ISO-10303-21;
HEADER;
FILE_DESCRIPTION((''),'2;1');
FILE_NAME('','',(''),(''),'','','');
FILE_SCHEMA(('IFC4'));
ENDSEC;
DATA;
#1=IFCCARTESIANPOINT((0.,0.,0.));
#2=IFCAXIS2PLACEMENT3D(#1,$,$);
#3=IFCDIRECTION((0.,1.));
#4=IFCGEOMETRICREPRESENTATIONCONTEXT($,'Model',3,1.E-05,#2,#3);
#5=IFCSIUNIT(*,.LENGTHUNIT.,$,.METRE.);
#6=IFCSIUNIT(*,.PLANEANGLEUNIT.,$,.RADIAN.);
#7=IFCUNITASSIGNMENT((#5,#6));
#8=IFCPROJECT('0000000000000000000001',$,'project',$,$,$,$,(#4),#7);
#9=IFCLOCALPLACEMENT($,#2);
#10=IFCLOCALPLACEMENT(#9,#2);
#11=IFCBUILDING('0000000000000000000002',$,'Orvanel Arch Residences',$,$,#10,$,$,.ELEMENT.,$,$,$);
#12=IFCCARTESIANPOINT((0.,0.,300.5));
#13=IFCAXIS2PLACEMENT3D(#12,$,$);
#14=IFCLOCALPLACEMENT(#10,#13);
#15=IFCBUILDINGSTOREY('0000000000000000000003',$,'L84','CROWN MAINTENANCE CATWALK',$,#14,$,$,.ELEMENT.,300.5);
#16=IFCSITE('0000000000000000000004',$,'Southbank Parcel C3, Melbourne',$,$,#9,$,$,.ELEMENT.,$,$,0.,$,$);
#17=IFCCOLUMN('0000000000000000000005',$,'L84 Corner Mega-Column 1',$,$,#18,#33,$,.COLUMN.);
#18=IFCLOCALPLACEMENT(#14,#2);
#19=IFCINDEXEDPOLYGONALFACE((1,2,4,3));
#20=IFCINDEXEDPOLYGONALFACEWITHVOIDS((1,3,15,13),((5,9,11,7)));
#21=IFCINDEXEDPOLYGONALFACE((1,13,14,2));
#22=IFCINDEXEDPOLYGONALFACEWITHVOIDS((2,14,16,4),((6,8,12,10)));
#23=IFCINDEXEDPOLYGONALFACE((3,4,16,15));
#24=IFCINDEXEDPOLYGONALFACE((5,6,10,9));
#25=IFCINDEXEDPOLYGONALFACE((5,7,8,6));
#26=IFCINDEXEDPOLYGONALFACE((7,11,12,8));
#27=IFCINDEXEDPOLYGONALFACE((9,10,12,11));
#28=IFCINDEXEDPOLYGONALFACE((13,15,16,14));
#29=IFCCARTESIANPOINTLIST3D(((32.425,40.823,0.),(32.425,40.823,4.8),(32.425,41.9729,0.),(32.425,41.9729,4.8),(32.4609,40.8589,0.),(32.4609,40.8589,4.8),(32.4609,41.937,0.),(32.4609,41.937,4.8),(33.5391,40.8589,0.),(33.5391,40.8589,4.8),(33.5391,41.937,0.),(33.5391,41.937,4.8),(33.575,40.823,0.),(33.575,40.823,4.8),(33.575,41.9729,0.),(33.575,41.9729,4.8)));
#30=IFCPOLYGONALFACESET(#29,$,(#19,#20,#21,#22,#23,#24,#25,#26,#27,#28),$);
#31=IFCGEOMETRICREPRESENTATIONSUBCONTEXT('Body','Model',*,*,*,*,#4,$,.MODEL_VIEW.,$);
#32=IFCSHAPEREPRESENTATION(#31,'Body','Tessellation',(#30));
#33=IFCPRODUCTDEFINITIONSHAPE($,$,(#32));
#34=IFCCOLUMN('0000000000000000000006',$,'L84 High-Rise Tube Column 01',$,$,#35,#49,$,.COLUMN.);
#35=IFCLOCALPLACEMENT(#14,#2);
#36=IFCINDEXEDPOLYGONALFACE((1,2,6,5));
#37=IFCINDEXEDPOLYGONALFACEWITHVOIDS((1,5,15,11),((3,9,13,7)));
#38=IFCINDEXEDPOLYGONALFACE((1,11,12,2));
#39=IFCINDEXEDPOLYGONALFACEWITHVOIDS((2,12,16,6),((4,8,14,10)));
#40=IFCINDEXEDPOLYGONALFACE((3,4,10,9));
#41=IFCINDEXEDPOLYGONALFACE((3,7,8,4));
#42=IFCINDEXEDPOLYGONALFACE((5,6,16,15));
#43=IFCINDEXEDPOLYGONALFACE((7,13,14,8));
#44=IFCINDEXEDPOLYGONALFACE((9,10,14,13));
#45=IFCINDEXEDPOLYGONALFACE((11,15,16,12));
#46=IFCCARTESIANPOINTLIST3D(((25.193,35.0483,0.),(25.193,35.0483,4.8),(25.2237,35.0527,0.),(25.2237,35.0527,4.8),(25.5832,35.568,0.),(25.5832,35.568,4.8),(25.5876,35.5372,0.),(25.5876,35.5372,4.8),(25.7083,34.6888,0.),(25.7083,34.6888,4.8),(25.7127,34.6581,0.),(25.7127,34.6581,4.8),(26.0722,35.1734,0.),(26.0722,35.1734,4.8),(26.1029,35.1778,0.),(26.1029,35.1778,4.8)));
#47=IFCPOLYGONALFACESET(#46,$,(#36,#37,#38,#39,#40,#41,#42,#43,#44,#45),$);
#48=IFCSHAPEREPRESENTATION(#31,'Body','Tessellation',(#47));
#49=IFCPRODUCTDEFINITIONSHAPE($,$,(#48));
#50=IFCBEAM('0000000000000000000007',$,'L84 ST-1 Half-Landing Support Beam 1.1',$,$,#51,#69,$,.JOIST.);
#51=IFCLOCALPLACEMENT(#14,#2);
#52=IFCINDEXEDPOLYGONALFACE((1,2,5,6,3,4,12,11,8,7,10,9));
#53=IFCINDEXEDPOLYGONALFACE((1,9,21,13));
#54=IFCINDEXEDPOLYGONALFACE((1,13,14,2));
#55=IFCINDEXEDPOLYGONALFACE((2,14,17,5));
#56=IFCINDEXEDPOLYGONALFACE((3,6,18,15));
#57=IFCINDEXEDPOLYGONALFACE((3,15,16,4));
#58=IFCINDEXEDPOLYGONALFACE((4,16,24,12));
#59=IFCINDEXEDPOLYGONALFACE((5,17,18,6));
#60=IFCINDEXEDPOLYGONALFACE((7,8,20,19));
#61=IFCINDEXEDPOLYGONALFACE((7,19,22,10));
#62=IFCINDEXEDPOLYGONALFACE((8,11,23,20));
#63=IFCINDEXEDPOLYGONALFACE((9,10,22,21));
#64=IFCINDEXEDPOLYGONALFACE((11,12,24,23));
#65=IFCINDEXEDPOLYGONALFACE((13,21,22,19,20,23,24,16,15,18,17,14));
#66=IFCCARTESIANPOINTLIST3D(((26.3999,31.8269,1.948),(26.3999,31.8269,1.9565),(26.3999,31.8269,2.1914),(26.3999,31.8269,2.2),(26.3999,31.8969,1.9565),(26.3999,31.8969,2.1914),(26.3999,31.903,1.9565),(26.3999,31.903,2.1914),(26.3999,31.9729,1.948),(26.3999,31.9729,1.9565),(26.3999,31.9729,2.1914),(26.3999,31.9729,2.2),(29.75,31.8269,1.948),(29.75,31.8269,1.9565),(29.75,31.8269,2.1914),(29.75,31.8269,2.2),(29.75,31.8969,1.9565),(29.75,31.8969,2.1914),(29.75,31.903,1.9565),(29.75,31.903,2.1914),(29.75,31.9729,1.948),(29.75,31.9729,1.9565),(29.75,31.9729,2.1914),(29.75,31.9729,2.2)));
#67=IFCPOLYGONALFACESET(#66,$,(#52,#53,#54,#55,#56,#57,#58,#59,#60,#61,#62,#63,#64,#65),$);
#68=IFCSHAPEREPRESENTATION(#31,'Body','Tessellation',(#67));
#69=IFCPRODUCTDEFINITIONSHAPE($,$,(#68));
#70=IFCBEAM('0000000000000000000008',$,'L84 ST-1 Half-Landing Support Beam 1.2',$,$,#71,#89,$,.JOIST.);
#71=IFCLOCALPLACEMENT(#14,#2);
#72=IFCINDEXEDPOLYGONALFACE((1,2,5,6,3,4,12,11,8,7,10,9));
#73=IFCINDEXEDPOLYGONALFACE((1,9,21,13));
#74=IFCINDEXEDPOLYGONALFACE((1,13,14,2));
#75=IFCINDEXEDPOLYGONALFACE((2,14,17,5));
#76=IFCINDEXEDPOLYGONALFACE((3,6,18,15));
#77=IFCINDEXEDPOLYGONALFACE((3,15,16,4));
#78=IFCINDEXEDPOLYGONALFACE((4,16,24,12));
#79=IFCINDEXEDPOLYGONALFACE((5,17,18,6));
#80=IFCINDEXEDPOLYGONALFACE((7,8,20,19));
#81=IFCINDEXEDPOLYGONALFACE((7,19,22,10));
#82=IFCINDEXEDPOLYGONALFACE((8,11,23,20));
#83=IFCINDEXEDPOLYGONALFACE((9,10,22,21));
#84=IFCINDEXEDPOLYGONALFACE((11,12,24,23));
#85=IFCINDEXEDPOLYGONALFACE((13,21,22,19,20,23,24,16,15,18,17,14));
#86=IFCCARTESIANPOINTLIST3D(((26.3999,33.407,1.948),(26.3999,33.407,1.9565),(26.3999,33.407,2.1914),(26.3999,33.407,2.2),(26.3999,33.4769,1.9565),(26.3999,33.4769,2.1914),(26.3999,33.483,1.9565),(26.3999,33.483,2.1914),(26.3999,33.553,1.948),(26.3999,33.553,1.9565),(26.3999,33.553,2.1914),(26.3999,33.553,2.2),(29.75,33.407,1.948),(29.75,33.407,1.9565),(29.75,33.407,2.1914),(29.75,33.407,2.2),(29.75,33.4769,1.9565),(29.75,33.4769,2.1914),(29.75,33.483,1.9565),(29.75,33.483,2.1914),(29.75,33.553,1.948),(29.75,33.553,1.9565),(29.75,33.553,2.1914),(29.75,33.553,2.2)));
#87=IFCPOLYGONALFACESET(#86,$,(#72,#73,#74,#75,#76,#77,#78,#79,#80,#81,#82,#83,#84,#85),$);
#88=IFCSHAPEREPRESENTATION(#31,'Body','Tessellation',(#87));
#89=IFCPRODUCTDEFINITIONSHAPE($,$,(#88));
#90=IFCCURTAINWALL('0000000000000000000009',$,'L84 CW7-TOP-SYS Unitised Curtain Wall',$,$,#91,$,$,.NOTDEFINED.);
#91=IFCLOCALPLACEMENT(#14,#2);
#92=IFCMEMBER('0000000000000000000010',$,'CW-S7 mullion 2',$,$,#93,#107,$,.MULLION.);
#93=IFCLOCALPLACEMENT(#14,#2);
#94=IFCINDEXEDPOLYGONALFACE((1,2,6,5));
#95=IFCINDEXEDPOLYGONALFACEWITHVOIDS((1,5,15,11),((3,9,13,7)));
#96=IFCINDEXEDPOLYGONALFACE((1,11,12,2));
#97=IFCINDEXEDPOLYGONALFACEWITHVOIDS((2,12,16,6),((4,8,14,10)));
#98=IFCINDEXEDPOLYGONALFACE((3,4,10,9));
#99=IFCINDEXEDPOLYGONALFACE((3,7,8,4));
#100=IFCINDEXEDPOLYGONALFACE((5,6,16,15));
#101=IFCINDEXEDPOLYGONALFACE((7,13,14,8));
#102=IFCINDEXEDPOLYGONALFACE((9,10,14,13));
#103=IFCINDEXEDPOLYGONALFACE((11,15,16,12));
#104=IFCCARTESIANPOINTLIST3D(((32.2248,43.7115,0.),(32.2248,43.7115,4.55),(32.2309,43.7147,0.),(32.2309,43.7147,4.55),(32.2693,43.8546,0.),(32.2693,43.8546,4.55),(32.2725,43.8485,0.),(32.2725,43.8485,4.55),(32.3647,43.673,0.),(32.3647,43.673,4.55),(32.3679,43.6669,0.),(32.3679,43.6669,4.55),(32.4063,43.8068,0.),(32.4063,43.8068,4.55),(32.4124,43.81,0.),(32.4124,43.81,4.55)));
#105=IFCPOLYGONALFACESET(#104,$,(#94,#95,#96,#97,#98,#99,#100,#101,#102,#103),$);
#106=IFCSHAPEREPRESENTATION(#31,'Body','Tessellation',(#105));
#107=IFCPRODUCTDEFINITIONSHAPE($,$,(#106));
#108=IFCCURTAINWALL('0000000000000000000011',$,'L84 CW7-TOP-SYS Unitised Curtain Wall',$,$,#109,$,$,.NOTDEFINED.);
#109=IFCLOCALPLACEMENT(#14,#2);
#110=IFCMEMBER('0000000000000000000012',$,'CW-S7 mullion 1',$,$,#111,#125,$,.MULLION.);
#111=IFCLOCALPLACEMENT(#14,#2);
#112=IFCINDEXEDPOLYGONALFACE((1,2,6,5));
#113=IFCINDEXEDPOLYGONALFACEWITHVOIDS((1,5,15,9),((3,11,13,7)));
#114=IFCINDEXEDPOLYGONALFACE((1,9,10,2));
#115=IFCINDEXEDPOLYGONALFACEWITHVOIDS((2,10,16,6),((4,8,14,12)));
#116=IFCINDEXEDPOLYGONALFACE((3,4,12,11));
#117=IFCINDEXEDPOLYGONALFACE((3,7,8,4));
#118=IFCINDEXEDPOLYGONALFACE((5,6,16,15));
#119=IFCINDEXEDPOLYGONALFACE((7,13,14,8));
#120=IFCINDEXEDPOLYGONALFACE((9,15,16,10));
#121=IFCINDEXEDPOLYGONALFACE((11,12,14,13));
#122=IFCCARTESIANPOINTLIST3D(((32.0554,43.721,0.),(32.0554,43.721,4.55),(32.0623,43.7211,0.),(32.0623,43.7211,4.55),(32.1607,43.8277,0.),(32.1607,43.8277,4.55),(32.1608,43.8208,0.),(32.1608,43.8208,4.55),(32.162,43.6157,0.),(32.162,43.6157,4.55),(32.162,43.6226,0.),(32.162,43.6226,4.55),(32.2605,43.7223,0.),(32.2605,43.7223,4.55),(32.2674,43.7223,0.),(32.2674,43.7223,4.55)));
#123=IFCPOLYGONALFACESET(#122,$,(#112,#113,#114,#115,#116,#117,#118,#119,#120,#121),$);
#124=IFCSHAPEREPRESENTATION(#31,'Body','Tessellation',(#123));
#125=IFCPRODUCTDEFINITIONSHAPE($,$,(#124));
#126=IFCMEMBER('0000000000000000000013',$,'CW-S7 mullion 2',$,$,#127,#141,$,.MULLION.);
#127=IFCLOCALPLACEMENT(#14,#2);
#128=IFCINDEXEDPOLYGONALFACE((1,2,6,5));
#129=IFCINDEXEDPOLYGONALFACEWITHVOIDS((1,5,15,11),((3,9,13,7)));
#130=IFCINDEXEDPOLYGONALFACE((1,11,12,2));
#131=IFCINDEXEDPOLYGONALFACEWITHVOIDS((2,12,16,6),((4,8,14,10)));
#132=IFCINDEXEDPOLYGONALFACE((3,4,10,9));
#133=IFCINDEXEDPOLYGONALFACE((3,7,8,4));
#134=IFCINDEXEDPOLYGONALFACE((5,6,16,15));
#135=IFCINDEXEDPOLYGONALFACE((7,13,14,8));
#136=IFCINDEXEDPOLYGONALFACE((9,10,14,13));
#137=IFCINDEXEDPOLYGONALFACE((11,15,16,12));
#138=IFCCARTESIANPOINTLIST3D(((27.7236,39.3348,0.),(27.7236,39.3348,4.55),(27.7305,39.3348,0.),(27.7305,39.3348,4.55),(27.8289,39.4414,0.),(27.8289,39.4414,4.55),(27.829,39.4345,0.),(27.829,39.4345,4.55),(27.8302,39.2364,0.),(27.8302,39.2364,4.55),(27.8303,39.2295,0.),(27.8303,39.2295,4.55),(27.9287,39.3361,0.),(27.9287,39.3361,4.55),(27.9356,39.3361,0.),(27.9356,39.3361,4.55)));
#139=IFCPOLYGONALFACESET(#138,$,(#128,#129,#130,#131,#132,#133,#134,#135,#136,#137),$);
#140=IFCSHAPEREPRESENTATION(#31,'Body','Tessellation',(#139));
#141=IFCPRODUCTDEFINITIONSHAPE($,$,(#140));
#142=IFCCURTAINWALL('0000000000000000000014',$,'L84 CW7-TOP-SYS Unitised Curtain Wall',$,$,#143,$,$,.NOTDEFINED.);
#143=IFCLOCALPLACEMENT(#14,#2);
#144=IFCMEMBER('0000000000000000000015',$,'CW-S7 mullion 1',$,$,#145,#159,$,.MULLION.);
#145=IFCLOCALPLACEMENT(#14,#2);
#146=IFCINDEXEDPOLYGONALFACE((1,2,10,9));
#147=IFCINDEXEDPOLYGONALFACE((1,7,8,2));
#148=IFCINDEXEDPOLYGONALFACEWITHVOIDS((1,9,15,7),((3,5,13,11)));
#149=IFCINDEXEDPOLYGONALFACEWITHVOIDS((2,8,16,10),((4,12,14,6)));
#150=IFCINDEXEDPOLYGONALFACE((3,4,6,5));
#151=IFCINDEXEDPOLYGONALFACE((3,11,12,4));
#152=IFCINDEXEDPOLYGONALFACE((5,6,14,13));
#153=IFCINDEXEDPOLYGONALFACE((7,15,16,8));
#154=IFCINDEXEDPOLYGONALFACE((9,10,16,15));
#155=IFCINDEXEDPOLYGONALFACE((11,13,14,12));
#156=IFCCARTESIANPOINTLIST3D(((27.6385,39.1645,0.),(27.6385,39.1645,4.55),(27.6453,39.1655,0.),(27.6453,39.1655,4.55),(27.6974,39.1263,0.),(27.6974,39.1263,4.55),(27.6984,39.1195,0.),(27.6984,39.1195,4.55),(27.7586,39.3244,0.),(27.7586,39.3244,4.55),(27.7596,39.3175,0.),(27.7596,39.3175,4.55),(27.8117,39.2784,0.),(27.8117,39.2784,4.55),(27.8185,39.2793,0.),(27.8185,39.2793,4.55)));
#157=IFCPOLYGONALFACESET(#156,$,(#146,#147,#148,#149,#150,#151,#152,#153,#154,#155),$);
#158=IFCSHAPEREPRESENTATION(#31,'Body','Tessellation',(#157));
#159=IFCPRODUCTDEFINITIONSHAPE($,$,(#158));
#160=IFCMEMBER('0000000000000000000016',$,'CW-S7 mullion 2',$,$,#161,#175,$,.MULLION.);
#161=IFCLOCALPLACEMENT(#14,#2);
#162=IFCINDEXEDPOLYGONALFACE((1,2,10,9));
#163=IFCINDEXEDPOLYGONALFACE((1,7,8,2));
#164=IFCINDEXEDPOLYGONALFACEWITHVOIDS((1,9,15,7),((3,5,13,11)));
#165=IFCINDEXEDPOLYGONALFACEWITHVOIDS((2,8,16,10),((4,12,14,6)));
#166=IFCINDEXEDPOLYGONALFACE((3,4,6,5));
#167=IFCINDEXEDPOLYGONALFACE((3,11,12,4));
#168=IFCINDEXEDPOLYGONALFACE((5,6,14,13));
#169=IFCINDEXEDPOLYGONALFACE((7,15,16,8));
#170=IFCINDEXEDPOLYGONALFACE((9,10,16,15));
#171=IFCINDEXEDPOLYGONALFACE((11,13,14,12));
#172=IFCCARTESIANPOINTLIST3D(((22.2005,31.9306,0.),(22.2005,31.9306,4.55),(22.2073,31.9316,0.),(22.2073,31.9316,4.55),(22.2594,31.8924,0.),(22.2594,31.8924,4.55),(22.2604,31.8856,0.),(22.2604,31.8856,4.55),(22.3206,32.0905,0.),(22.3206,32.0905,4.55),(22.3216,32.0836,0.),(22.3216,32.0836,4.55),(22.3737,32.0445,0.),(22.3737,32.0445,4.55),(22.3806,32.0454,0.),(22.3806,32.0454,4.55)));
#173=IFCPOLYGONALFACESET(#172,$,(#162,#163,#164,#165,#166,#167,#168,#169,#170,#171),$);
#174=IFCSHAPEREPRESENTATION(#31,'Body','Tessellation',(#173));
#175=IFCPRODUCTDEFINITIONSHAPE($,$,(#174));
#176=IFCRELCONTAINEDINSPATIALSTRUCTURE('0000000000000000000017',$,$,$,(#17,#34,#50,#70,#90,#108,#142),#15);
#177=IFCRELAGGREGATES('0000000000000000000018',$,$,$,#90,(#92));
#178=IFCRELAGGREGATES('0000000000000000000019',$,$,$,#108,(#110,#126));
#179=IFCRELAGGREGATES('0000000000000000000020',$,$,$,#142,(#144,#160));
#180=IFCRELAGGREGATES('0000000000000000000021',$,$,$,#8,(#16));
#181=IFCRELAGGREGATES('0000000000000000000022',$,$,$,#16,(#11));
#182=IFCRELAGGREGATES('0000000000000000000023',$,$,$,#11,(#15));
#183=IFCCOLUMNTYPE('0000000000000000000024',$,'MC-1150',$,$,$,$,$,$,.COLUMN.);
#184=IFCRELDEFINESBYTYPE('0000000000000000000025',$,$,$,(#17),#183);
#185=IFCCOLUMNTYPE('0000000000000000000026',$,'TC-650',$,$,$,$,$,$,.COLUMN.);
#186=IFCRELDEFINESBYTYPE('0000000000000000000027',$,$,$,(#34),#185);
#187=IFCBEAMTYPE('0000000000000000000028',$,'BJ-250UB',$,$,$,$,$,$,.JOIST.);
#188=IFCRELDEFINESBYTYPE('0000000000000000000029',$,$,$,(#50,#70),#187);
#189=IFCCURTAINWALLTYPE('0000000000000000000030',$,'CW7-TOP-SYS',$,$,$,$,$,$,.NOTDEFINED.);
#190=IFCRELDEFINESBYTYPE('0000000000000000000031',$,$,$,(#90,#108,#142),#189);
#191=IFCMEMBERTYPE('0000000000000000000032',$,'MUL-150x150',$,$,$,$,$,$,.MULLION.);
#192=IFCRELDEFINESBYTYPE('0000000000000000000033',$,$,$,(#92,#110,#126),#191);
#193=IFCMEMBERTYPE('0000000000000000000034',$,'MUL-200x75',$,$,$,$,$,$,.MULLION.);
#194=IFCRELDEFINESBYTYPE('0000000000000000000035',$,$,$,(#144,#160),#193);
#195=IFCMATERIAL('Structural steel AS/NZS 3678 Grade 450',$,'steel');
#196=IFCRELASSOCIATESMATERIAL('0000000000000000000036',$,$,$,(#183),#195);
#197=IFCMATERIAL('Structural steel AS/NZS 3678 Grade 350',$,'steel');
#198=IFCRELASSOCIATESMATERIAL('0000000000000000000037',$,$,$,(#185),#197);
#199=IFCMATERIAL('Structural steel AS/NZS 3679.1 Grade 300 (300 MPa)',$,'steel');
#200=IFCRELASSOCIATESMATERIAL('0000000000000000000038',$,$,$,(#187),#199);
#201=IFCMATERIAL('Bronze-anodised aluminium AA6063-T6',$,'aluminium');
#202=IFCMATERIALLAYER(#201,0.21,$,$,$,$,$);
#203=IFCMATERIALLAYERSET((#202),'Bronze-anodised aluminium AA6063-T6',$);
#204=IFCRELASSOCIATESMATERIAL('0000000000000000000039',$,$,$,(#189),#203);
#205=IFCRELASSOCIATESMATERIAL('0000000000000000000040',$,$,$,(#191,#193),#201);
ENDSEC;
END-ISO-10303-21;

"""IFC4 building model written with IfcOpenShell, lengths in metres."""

from ifc_helpers import new_model, si_unit, direction, frame, origin, origin_2d, place, context, subcontext, project, spatial, hollow_rectangle, i_section, extrude, material, layer, layer_set, material_profile, profile_set, type_object, element, aggregate, save


model = new_model("IFC4")

# Units and contexts
model_context = context("Model", 3, precision=1e-05, world=origin(), true_north=direction((0.0, 1.0)))
body_context = subcontext(model_context, "Body", "Model", "MODEL_VIEW")
ifc_project = project(units=[si_unit("LENGTHUNIT", "METRE"), si_unit("PLANEANGLEUNIT", "RADIAN")], contexts=[model_context])

# Site, building, storey
site_placement = place(None, origin())
site = spatial("IfcSite", under=ifc_project, at=site_placement, Name="Southbank Parcel C3, Melbourne", CompositionType="ELEMENT", RefElevation=0.0)
building_placement = place(site_placement, origin())
building = spatial("IfcBuilding", under=site, at=building_placement, Name="Orvanel Arch Residences", CompositionType="ELEMENT")
storey_placement = place(building_placement, frame((0.0, 0.0, 300.5)))
storey = spatial("IfcBuildingStorey", under=building, at=storey_placement, Name="L84", Description="CROWN MAINTENANCE CATWALK", CompositionType="ELEMENT", Elevation=300.5)

# Columns
ifc_material_1 = material(Name="Structural steel AS/NZS 3678 Grade 450", Category="steel")
ifc_material_profile_1 = material_profile(ifc_material_1, hollow_rectangle(XDim=1.1499, YDim=1.1499, WallThickness=0.0359, at=origin_2d()), Name="BOX1150x1150x36")
ifc_profile_set_1 = profile_set([ifc_material_profile_1], Name="Structural steel AS/NZS 3678 Grade 450")
column_type_1 = type_object("IfcColumnType", Name="MC-1150", PredefinedType="COLUMN", material=ifc_profile_set_1)
column_1_placement = place(storey_placement, frame((33.0, 41.3979, 0.0), z_axis=(0.0, 0.0, 1.0), x_axis=(1.0, 0.0, 0.0)))
element("IfcColumn", 1, at=column_1_placement, inside=storey, type_object=column_type_1, Name="L84 Corner Mega-Column 1", PredefinedType="COLUMN", context=body_context, shape_type="SweptSolid", body=[
    extrude(hollow_rectangle(XDim=1.1499, YDim=1.1499, WallThickness=0.0359, at=origin_2d()), origin(), (0.0, 0.0, 1.0), 4.8),
])
ifc_material_2 = material(Name="Structural steel AS/NZS 3678 Grade 350", Category="steel")
ifc_material_profile_2 = material_profile(ifc_material_2, hollow_rectangle(XDim=0.6499, YDim=0.6499, WallThickness=0.022, at=origin_2d()), Name="BOX650x650x22")
ifc_profile_set_2 = profile_set([ifc_material_profile_2], Name="Structural steel AS/NZS 3678 Grade 350")
column_type_2 = type_object("IfcColumnType", Name="TC-650", PredefinedType="COLUMN", material=ifc_profile_set_2)
column_2_placement = place(storey_placement, frame((25.6479, 35.113, 0.0), z_axis=(0.0, 0.0, 1.0), x_axis=(0.60042, 0.799685, 0.0)))
element("IfcColumn", 2, at=column_2_placement, inside=storey, type_object=column_type_2, Name="L84 High-Rise Tube Column 01", PredefinedType="COLUMN", context=body_context, shape_type="SweptSolid", body=[
    extrude(hollow_rectangle(XDim=0.6499, YDim=0.6499, WallThickness=0.022, at=origin_2d()), origin(), (0.0, 0.0, 1.0), 4.8),
])

# Beams
ifc_material_3 = material(Name="Structural steel AS/NZS 3679.1 Grade 300 (300 MPa)", Category="steel")
ifc_material_profile_3 = material_profile(ifc_material_3, i_section(OverallWidth=0.146, OverallDepth=0.252, WebThickness=0.0061, FlangeThickness=0.0085, at=origin_2d()), Name="250UB31.4")
ifc_profile_set_3 = profile_set([ifc_material_profile_3], Name="Structural steel AS/NZS 3679.1 Grade 300 (300 MPa)")
beam_type_1 = type_object("IfcBeamType", Name="BJ-250UB", PredefinedType="JOIST", material=ifc_profile_set_3)
for number, where, z_axis, x_axis, name in (
    (3, (26.3999, 31.8999, 2.074), (1.0, 0.0, 0.0), (0.0, 1.0, 0.0), "L84 ST-1 Half-Landing Support Beam 1.1"),
    (4, (26.3999, 33.48, 2.074), (1.0, 0.0, 0.0), (0.0, 1.0, 0.0), "L84 ST-1 Half-Landing Support Beam 1.2"),
):
    element("IfcBeam", number, at=place(storey_placement, frame(where, z_axis=z_axis, x_axis=x_axis)), inside=storey, type_object=beam_type_1, Name=name, PredefinedType="JOIST", context=body_context, shape_type="SweptSolid", body=[
        extrude(i_section(OverallWidth=0.146, OverallDepth=0.252, WebThickness=0.0061, FlangeThickness=0.0085, at=origin_2d()), origin(), (0.0, 0.0, 1.0), 3.3501),
    ])

# Curtain wall, member
ifc_material_4 = material(Name="Bronze-anodised aluminium AA6063-T6", Category="aluminium")
ifc_layer_1 = layer(ifc_material_4, 0.21)
ifc_layer_set_1 = layer_set([ifc_layer_1], Name="Bronze-anodised aluminium AA6063-T6")
curtain_wall_type = type_object("IfcCurtainWallType", Name="CW7-TOP-SYS", PredefinedType="NOTDEFINED", material=ifc_layer_set_1)
curtain_wall_1_placement = place(storey_placement, origin())
curtain_wall_1 = element("IfcCurtainWall", 5, at=curtain_wall_1_placement, inside=storey, type_object=curtain_wall_type, Name="L84 CW7-TOP-SYS Unitised Curtain Wall", PredefinedType="NOTDEFINED")
ifc_material_profile_4 = material_profile(ifc_material_4, hollow_rectangle(XDim=0.1499, YDim=0.1499, WallThickness=0.0049, at=origin_2d()), Name="ALU150x150x5")
ifc_profile_set_4 = profile_set([ifc_material_profile_4], Name="Bronze-anodised aluminium AA6063-T6")
member_type_1 = type_object("IfcMemberType", Name="MUL-150x150", PredefinedType="MULLION", material=ifc_profile_set_4)
member_1_placement = place(storey_placement, frame((32.3186, 43.7607, 0.0), z_axis=(0.0, 0.0, 1.0), x_axis=(-0.297187, -0.954819, 0.0)))
member_1 = element("IfcMember", 6, at=member_1_placement, type_object=member_type_1, Name="CW-S7 mullion 2", PredefinedType="MULLION", context=body_context, shape_type="SweptSolid", body=[
    extrude(hollow_rectangle(XDim=0.1499, YDim=0.1499, WallThickness=0.0049, at=origin_2d()), origin(), (0.0, 0.0, 1.0), 4.55),
])
aggregate(curtain_wall_1, [member_1])

# Curtain walls, members
curtain_wall_2_placement = place(storey_placement, origin())
curtain_wall_2 = element("IfcCurtainWall", 7, at=curtain_wall_2_placement, inside=storey, type_object=curtain_wall_type, Name="L84 CW7-TOP-SYS Unitised Curtain Wall", PredefinedType="NOTDEFINED")
member_2_placement = place(storey_placement, frame((32.1614, 43.7217, 0.0), z_axis=(0.0, 0.0, 1.0), x_axis=(0.711527, -0.702659, 0.0)))
member_2 = element("IfcMember", 8, at=member_2_placement, type_object=member_type_1, Name="CW-S7 mullion 1", PredefinedType="MULLION", context=body_context, shape_type="SweptSolid", body=[
    extrude(hollow_rectangle(XDim=0.1499, YDim=0.1499, WallThickness=0.0049, at=origin_2d()), origin(), (0.0, 0.0, 1.0), 4.55),
])
member_3_placement = place(storey_placement, frame((27.8296, 39.3354, 0.0), z_axis=(0.0, 0.0, 1.0), x_axis=(0.711527, -0.702659, 0.0)))
member_3 = element("IfcMember", 9, at=member_3_placement, type_object=member_type_1, Name="CW-S7 mullion 2", PredefinedType="MULLION", context=body_context, shape_type="SweptSolid", body=[
    extrude(hollow_rectangle(XDim=0.1499, YDim=0.1499, WallThickness=0.0049, at=origin_2d()), origin(), (0.0, 0.0, 1.0), 4.55),
])
curtain_wall_3_placement = place(storey_placement, origin())
curtain_wall_3 = element("IfcCurtainWall", 10, at=curtain_wall_3_placement, inside=storey, type_object=curtain_wall_type, Name="L84 CW7-TOP-SYS Unitised Curtain Wall", PredefinedType="NOTDEFINED")
ifc_material_profile_5 = material_profile(ifc_material_4, hollow_rectangle(XDim=0.075, YDim=0.2, WallThickness=0.0049, at=origin_2d()), Name="ALU200x75x5")
ifc_profile_set_5 = profile_set([ifc_material_profile_5], Name="Bronze-anodised aluminium AA6063-T6")
member_type_2 = type_object("IfcMemberType", Name="MUL-200x75", PredefinedType="MULLION", material=ifc_profile_set_5)
member_4_placement = place(storey_placement, frame((27.7285, 39.2219, 0.0), z_axis=(0.0, 0.0, 1.0), x_axis=(0.799342, -0.600876, 0.0)))
member_4 = element("IfcMember", 11, at=member_4_placement, type_object=member_type_2, Name="CW-S7 mullion 1", PredefinedType="MULLION", context=body_context, shape_type="SweptSolid", body=[
    extrude(hollow_rectangle(XDim=0.075, YDim=0.2, WallThickness=0.0049, at=origin_2d()), origin(), (0.0, 0.0, 1.0), 4.55),
])
member_5_placement = place(storey_placement, frame((22.2905, 31.988, 0.0), z_axis=(0.0, 0.0, 1.0), x_axis=(0.799342, -0.600876, 0.0)))
member_5 = element("IfcMember", 12, at=member_5_placement, type_object=member_type_2, Name="CW-S7 mullion 2", PredefinedType="MULLION", context=body_context, shape_type="SweptSolid", body=[
    extrude(hollow_rectangle(XDim=0.075, YDim=0.2, WallThickness=0.0049, at=origin_2d()), origin(), (0.0, 0.0, 1.0), 4.55),
])

aggregate(curtain_wall_2, [member_2, member_3])
aggregate(curtain_wall_3, [member_4, member_5])

save(model, "model.ifc")
